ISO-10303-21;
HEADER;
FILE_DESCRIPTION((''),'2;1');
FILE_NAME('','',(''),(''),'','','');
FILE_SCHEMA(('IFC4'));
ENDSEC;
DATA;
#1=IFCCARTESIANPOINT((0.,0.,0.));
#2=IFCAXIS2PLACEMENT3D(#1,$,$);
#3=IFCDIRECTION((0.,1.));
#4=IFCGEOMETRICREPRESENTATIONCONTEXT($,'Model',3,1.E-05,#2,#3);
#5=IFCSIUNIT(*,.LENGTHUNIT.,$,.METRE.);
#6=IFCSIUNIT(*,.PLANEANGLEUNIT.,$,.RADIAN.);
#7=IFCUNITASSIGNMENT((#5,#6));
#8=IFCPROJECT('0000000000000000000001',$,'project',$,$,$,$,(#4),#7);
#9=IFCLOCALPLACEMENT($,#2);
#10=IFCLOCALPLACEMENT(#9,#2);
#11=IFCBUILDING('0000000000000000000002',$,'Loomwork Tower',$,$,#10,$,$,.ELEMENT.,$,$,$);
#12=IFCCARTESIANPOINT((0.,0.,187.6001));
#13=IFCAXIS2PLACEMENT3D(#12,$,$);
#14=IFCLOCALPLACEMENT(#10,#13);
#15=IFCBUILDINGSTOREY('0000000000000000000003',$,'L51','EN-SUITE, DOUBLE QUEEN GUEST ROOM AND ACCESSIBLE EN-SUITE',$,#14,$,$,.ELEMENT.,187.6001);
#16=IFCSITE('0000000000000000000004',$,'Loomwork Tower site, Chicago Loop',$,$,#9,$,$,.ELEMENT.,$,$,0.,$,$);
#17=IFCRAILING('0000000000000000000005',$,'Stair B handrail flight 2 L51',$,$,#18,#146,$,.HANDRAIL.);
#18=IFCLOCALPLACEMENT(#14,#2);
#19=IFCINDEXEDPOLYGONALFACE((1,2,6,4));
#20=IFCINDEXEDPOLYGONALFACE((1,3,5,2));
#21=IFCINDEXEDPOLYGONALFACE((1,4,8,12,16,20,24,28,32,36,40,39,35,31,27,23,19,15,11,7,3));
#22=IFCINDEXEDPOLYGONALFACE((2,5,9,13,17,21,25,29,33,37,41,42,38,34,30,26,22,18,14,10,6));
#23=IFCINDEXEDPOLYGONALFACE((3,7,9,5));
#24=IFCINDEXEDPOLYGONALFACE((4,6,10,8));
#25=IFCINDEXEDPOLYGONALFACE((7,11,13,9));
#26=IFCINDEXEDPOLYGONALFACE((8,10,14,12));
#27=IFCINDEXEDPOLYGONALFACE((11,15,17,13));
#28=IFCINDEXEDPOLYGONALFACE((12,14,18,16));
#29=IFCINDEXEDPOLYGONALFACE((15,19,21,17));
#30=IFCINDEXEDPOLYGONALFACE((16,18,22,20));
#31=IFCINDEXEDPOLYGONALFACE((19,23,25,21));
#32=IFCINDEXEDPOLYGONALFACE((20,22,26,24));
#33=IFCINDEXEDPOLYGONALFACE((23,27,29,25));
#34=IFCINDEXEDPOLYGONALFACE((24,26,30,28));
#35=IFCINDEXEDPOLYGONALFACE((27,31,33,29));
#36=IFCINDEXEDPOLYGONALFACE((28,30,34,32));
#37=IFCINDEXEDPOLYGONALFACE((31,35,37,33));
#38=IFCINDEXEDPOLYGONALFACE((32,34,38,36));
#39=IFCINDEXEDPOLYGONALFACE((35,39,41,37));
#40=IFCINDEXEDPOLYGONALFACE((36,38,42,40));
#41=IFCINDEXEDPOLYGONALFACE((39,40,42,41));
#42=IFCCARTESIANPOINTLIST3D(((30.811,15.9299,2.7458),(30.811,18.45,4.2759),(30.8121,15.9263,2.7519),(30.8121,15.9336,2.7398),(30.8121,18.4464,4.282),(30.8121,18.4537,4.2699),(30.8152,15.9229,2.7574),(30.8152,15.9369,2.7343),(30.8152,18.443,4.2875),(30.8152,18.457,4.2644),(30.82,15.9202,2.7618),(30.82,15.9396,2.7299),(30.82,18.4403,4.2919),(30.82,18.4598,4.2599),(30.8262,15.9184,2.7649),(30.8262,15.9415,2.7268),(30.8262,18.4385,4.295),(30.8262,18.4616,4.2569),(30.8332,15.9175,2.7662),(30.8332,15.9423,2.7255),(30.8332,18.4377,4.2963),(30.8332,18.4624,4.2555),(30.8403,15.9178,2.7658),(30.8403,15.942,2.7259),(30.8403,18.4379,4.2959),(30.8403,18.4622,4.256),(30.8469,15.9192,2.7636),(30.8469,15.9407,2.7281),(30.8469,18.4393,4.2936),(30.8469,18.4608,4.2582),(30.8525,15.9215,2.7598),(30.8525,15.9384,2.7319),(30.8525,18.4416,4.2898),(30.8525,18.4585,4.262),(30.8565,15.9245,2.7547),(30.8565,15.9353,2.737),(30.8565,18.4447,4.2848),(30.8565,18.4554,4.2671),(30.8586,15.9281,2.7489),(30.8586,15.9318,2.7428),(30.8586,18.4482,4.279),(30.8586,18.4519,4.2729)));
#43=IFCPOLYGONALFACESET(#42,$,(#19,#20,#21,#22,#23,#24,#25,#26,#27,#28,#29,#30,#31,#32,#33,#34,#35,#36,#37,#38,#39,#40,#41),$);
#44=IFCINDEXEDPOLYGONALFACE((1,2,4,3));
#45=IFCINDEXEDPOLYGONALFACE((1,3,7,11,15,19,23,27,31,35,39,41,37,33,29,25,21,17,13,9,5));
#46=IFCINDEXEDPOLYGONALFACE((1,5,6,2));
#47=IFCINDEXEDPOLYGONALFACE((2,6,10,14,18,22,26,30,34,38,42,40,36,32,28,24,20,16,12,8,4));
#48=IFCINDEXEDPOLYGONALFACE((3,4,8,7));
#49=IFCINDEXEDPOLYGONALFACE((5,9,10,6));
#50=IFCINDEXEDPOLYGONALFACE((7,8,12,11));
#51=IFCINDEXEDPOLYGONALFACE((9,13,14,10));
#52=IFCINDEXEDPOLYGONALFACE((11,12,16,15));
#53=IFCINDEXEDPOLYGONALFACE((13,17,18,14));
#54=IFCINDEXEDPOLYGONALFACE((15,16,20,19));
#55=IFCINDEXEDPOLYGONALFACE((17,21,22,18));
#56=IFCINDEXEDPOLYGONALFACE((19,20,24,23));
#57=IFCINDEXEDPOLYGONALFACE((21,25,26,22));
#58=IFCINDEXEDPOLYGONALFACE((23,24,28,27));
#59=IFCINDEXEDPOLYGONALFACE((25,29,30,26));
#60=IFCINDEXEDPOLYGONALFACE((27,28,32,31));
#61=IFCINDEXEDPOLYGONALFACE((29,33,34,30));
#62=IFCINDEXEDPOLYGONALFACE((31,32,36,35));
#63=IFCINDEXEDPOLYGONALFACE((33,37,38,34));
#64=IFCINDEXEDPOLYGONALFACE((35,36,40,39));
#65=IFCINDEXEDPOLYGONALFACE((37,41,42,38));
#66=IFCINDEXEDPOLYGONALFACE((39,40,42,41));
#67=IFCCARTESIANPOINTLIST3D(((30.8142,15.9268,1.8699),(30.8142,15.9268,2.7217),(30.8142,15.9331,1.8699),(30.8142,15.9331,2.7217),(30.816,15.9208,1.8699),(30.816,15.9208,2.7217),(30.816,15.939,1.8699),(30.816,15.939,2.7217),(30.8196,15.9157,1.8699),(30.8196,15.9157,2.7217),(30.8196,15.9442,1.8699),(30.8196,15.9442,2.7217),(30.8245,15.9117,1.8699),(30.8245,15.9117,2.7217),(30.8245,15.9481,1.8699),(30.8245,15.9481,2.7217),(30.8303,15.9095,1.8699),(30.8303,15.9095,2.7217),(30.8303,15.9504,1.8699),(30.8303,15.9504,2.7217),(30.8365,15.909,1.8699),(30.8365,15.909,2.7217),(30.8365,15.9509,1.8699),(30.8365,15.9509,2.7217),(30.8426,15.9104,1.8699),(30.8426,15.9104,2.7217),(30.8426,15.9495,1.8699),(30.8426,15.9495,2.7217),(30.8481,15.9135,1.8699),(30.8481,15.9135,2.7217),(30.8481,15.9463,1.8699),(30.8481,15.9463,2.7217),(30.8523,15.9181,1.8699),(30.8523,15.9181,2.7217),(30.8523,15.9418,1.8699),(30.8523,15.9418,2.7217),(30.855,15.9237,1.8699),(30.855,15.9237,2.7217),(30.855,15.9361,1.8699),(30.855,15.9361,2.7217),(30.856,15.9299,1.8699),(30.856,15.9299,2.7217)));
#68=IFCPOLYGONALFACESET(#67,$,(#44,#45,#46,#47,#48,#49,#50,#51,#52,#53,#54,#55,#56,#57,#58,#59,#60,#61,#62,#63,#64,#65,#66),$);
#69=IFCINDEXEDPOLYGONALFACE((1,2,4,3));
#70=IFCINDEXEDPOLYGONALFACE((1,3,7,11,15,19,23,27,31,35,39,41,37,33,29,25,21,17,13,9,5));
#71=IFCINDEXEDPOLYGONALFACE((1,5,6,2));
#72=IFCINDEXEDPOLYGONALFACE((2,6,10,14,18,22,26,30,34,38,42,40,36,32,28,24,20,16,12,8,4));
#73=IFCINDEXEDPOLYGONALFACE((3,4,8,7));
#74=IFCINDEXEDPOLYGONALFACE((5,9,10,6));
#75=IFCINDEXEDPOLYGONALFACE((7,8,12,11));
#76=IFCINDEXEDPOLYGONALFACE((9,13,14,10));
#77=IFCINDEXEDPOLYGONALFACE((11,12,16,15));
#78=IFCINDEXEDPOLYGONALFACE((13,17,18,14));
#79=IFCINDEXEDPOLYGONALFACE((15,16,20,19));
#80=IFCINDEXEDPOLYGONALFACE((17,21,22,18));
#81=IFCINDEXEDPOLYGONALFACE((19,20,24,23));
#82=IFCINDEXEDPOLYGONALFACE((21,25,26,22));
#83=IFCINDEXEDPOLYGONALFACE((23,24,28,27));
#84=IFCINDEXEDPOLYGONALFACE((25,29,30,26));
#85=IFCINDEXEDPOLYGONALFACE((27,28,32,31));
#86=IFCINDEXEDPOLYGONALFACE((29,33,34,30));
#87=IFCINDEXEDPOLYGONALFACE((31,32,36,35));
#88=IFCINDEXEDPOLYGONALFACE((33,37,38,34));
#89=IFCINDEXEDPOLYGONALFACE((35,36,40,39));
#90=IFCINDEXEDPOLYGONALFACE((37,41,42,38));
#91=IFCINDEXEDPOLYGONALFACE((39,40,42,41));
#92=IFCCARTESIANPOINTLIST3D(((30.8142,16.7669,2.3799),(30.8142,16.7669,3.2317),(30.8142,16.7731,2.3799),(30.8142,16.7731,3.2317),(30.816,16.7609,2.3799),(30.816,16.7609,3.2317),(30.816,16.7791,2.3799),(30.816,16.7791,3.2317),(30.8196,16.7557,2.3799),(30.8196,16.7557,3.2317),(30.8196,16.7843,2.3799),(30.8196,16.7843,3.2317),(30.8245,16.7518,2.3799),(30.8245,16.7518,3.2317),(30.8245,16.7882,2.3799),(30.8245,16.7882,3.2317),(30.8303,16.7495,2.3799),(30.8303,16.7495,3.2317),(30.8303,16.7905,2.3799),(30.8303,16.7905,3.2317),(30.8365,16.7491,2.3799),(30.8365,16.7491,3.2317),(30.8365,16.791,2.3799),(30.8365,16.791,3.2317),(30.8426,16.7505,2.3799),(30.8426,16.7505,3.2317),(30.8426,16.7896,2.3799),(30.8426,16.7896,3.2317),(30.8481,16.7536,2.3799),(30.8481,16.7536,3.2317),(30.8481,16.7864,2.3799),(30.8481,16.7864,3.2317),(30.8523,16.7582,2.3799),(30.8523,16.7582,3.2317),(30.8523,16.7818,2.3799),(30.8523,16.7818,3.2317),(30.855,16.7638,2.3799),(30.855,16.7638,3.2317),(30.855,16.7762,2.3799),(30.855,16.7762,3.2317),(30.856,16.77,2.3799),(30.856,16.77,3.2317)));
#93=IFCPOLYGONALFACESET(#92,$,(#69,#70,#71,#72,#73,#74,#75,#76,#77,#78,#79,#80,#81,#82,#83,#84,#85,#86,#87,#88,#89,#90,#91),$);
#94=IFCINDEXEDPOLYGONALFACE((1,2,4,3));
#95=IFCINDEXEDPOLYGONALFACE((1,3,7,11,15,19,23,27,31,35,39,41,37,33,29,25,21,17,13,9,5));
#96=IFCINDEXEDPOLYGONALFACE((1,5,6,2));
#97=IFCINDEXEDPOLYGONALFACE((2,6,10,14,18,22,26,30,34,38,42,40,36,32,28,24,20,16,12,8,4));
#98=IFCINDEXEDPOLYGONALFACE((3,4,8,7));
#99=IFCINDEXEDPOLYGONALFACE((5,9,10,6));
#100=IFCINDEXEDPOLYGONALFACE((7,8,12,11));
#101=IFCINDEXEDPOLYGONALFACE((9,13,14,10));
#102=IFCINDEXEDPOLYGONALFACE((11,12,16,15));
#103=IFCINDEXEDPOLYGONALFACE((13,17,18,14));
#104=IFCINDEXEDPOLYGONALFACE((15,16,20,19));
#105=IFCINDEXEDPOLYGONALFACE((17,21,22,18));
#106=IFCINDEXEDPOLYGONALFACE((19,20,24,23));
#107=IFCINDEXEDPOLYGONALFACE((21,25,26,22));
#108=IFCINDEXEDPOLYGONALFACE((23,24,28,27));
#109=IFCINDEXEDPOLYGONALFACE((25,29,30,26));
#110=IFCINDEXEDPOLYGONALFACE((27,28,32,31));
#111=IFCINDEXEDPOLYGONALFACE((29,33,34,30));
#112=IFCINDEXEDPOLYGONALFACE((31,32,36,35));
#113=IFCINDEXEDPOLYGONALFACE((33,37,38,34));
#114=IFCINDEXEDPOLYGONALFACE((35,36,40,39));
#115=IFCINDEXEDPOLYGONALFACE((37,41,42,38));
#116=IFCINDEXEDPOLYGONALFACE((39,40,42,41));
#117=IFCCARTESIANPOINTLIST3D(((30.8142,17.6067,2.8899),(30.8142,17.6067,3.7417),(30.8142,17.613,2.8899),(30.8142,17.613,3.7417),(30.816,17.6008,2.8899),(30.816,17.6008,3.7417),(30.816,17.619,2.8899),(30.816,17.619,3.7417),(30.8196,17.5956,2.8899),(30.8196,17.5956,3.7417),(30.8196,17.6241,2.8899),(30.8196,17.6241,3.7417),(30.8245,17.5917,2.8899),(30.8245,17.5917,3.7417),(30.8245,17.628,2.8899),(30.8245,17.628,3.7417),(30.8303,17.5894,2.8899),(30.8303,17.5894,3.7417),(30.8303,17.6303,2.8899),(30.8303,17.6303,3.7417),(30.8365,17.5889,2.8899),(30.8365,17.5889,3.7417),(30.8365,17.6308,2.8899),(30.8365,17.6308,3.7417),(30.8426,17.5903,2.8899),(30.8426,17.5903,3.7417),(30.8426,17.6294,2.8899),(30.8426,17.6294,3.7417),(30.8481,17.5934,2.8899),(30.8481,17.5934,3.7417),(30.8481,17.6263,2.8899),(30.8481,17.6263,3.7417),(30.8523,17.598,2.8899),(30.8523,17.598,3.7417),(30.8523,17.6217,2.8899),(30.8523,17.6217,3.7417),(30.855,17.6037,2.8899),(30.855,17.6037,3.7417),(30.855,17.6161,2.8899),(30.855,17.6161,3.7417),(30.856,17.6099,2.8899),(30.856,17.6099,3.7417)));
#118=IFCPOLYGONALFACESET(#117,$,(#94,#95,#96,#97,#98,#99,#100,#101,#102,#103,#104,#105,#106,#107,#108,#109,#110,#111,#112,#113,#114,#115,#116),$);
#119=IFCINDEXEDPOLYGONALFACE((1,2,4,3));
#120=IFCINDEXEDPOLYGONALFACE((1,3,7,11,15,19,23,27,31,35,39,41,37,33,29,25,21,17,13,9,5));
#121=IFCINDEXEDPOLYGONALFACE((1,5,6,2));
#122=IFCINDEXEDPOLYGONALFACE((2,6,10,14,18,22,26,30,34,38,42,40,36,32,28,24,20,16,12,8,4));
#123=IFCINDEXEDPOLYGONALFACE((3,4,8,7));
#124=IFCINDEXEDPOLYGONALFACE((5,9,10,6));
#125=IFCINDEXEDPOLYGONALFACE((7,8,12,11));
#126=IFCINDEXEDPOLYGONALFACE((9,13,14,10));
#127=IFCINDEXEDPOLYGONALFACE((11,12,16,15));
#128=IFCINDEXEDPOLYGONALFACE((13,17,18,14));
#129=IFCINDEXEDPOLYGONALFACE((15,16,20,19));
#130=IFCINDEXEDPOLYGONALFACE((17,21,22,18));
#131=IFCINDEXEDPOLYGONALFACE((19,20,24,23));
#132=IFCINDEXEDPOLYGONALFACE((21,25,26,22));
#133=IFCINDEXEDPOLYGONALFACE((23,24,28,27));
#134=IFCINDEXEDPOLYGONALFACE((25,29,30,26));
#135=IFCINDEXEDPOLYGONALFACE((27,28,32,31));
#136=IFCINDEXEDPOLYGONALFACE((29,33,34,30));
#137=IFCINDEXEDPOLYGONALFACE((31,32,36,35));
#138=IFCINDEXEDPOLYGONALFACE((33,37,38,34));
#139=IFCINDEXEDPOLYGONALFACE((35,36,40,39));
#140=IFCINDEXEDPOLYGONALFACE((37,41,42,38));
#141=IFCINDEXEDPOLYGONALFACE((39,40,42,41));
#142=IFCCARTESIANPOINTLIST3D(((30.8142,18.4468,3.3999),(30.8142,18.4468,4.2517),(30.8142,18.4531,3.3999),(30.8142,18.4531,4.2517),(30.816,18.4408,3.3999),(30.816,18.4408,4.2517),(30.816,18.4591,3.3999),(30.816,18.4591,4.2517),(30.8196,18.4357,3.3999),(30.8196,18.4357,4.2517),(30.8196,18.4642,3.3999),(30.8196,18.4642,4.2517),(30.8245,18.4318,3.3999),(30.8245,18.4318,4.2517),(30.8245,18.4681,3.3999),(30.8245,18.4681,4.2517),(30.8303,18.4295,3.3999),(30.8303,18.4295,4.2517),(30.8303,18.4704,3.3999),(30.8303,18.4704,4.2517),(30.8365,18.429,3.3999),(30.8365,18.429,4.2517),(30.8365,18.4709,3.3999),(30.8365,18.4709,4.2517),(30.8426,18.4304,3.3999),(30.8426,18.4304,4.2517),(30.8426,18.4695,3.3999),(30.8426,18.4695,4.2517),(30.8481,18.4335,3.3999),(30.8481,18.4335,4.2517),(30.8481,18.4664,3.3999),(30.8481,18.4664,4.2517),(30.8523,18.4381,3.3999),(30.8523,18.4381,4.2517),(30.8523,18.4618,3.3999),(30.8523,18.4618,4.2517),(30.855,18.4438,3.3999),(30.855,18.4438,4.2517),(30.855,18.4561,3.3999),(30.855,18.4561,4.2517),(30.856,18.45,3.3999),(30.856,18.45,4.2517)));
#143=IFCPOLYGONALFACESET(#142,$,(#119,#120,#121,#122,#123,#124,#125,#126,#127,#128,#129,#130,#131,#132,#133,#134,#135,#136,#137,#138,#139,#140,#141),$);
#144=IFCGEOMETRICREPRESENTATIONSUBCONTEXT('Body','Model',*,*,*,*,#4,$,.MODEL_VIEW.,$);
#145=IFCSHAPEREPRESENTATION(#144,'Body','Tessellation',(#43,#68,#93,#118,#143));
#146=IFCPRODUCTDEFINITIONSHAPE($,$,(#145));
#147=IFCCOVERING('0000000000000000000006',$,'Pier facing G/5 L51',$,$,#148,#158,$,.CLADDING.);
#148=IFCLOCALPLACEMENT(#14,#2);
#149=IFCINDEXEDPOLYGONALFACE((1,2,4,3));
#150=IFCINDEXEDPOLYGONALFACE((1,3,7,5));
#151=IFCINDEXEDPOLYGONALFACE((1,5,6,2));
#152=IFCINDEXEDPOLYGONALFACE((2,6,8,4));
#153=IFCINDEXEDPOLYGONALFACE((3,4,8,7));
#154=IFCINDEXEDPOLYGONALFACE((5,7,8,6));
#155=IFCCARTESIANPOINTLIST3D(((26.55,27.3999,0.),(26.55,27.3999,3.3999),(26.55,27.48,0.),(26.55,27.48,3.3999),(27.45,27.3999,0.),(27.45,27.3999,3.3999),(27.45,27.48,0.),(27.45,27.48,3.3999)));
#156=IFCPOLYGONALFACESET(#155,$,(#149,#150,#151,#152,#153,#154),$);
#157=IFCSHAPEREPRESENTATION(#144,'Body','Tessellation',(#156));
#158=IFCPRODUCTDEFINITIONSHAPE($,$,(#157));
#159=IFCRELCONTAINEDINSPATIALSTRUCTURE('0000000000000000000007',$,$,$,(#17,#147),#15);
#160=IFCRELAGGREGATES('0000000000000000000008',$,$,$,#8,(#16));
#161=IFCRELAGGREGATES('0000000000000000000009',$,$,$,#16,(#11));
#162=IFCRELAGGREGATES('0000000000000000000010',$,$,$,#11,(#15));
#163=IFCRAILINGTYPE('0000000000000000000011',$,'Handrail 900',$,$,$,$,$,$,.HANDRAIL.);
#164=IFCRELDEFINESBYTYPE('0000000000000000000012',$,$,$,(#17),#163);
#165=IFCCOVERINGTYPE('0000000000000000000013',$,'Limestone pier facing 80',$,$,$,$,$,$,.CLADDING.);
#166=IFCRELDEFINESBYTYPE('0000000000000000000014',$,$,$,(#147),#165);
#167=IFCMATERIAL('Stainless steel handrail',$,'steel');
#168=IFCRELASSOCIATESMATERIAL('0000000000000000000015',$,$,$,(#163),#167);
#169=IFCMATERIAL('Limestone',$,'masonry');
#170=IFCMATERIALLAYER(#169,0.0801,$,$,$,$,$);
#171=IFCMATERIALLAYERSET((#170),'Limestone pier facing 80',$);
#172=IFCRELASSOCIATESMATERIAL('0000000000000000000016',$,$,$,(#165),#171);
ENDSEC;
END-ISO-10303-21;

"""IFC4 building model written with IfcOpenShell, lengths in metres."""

from ifc_helpers import new_model, si_unit, direction, frame, origin, origin_2d, place, context, subcontext, project, spatial, rectangle, circle, extrude, material, layer, layer_set, type_object, element, save


model = new_model("IFC4")

# Units and contexts
model_context = context("Model", 3, precision=1e-05, world=origin(), true_north=direction((0.0, 1.0)))
body_context = subcontext(model_context, "Body", "Model", "MODEL_VIEW")
ifc_project = project(units=[si_unit("LENGTHUNIT", "METRE"), si_unit("PLANEANGLEUNIT", "RADIAN")], contexts=[model_context])

# Site, building, storey
site_placement = place(None, origin())
site = spatial("IfcSite", under=ifc_project, at=site_placement, Name="Loomwork Tower site, Chicago Loop", CompositionType="ELEMENT", RefElevation=0.0)
building_placement = place(site_placement, origin())
building = spatial("IfcBuilding", under=site, at=building_placement, Name="Loomwork Tower", CompositionType="ELEMENT")
storey_placement = place(building_placement, frame((0.0, 0.0, 187.6001)))
storey = spatial("IfcBuildingStorey", under=building, at=storey_placement, Name="L51", Description="EN-SUITE, DOUBLE QUEEN GUEST ROOM AND ACCESSIBLE EN-SUITE", CompositionType="ELEMENT", Elevation=187.6001)

# Railing
ifc_material_1 = material(Name="Stainless steel handrail", Category="steel")
railing_type = type_object("IfcRailingType", Name="Handrail 900", PredefinedType="HANDRAIL", material=ifc_material_1)
railing_placement = place(storey_placement, frame((30.835, 15.9299, 1.8699)))
element("IfcRailing", 1, at=railing_placement, inside=storey, type_object=railing_type, Name="Stair B handrail flight 2 L51", PredefinedType="HANDRAIL", context=body_context, shape_type="SweptSolid", body=[
    extrude(circle(Radius=0.0239, at=origin_2d()), frame((0.0, 0.0, 0.876), z_axis=(0.0, 0.854785, 0.518982), x_axis=(-1.0, 0.0, 0.0)), (0.0, 0.0, 1.0), 2.9482),
    extrude(circle(Radius=0.021, at=origin_2d()), origin(), (0.0, 0.0, 1.0), 0.8518),
    extrude(circle(Radius=0.021, at=origin_2d()), frame((0.0, 0.8401, 0.51)), (0.0, 0.0, 1.0), 0.8518),
    extrude(circle(Radius=0.021, at=origin_2d()), frame((0.0, 1.6799, 1.02)), (0.0, 0.0, 1.0), 0.8518),
    extrude(circle(Radius=0.021, at=origin_2d()), frame((0.0, 2.52, 1.53)), (0.0, 0.0, 1.0), 0.8518),
])

# Covering
ifc_material_2 = material(Name="Limestone", Category="masonry")
ifc_layer_1 = layer(ifc_material_2, 0.0801)
ifc_layer_set_1 = layer_set([ifc_layer_1], Name="Limestone pier facing 80")
covering_type = type_object("IfcCoveringType", Name="Limestone pier facing 80", PredefinedType="CLADDING", material=ifc_layer_set_1)
covering_placement = place(storey_placement, frame((27.0, 27.4399, 0.0), z_axis=(0.0, 0.0, 1.0), x_axis=(1.0, 0.0, 0.0)))
element("IfcCovering", 2, at=covering_placement, inside=storey, type_object=covering_type, Name="Pier facing G/5 L51", PredefinedType="CLADDING", context=body_context, shape_type="SweptSolid", body=[
    extrude(rectangle(XDim=0.8999, YDim=0.0801, at=origin_2d()), origin(), (0.0, 0.0, 1.0), 3.3999),
])

save(model, "model.ifc")
